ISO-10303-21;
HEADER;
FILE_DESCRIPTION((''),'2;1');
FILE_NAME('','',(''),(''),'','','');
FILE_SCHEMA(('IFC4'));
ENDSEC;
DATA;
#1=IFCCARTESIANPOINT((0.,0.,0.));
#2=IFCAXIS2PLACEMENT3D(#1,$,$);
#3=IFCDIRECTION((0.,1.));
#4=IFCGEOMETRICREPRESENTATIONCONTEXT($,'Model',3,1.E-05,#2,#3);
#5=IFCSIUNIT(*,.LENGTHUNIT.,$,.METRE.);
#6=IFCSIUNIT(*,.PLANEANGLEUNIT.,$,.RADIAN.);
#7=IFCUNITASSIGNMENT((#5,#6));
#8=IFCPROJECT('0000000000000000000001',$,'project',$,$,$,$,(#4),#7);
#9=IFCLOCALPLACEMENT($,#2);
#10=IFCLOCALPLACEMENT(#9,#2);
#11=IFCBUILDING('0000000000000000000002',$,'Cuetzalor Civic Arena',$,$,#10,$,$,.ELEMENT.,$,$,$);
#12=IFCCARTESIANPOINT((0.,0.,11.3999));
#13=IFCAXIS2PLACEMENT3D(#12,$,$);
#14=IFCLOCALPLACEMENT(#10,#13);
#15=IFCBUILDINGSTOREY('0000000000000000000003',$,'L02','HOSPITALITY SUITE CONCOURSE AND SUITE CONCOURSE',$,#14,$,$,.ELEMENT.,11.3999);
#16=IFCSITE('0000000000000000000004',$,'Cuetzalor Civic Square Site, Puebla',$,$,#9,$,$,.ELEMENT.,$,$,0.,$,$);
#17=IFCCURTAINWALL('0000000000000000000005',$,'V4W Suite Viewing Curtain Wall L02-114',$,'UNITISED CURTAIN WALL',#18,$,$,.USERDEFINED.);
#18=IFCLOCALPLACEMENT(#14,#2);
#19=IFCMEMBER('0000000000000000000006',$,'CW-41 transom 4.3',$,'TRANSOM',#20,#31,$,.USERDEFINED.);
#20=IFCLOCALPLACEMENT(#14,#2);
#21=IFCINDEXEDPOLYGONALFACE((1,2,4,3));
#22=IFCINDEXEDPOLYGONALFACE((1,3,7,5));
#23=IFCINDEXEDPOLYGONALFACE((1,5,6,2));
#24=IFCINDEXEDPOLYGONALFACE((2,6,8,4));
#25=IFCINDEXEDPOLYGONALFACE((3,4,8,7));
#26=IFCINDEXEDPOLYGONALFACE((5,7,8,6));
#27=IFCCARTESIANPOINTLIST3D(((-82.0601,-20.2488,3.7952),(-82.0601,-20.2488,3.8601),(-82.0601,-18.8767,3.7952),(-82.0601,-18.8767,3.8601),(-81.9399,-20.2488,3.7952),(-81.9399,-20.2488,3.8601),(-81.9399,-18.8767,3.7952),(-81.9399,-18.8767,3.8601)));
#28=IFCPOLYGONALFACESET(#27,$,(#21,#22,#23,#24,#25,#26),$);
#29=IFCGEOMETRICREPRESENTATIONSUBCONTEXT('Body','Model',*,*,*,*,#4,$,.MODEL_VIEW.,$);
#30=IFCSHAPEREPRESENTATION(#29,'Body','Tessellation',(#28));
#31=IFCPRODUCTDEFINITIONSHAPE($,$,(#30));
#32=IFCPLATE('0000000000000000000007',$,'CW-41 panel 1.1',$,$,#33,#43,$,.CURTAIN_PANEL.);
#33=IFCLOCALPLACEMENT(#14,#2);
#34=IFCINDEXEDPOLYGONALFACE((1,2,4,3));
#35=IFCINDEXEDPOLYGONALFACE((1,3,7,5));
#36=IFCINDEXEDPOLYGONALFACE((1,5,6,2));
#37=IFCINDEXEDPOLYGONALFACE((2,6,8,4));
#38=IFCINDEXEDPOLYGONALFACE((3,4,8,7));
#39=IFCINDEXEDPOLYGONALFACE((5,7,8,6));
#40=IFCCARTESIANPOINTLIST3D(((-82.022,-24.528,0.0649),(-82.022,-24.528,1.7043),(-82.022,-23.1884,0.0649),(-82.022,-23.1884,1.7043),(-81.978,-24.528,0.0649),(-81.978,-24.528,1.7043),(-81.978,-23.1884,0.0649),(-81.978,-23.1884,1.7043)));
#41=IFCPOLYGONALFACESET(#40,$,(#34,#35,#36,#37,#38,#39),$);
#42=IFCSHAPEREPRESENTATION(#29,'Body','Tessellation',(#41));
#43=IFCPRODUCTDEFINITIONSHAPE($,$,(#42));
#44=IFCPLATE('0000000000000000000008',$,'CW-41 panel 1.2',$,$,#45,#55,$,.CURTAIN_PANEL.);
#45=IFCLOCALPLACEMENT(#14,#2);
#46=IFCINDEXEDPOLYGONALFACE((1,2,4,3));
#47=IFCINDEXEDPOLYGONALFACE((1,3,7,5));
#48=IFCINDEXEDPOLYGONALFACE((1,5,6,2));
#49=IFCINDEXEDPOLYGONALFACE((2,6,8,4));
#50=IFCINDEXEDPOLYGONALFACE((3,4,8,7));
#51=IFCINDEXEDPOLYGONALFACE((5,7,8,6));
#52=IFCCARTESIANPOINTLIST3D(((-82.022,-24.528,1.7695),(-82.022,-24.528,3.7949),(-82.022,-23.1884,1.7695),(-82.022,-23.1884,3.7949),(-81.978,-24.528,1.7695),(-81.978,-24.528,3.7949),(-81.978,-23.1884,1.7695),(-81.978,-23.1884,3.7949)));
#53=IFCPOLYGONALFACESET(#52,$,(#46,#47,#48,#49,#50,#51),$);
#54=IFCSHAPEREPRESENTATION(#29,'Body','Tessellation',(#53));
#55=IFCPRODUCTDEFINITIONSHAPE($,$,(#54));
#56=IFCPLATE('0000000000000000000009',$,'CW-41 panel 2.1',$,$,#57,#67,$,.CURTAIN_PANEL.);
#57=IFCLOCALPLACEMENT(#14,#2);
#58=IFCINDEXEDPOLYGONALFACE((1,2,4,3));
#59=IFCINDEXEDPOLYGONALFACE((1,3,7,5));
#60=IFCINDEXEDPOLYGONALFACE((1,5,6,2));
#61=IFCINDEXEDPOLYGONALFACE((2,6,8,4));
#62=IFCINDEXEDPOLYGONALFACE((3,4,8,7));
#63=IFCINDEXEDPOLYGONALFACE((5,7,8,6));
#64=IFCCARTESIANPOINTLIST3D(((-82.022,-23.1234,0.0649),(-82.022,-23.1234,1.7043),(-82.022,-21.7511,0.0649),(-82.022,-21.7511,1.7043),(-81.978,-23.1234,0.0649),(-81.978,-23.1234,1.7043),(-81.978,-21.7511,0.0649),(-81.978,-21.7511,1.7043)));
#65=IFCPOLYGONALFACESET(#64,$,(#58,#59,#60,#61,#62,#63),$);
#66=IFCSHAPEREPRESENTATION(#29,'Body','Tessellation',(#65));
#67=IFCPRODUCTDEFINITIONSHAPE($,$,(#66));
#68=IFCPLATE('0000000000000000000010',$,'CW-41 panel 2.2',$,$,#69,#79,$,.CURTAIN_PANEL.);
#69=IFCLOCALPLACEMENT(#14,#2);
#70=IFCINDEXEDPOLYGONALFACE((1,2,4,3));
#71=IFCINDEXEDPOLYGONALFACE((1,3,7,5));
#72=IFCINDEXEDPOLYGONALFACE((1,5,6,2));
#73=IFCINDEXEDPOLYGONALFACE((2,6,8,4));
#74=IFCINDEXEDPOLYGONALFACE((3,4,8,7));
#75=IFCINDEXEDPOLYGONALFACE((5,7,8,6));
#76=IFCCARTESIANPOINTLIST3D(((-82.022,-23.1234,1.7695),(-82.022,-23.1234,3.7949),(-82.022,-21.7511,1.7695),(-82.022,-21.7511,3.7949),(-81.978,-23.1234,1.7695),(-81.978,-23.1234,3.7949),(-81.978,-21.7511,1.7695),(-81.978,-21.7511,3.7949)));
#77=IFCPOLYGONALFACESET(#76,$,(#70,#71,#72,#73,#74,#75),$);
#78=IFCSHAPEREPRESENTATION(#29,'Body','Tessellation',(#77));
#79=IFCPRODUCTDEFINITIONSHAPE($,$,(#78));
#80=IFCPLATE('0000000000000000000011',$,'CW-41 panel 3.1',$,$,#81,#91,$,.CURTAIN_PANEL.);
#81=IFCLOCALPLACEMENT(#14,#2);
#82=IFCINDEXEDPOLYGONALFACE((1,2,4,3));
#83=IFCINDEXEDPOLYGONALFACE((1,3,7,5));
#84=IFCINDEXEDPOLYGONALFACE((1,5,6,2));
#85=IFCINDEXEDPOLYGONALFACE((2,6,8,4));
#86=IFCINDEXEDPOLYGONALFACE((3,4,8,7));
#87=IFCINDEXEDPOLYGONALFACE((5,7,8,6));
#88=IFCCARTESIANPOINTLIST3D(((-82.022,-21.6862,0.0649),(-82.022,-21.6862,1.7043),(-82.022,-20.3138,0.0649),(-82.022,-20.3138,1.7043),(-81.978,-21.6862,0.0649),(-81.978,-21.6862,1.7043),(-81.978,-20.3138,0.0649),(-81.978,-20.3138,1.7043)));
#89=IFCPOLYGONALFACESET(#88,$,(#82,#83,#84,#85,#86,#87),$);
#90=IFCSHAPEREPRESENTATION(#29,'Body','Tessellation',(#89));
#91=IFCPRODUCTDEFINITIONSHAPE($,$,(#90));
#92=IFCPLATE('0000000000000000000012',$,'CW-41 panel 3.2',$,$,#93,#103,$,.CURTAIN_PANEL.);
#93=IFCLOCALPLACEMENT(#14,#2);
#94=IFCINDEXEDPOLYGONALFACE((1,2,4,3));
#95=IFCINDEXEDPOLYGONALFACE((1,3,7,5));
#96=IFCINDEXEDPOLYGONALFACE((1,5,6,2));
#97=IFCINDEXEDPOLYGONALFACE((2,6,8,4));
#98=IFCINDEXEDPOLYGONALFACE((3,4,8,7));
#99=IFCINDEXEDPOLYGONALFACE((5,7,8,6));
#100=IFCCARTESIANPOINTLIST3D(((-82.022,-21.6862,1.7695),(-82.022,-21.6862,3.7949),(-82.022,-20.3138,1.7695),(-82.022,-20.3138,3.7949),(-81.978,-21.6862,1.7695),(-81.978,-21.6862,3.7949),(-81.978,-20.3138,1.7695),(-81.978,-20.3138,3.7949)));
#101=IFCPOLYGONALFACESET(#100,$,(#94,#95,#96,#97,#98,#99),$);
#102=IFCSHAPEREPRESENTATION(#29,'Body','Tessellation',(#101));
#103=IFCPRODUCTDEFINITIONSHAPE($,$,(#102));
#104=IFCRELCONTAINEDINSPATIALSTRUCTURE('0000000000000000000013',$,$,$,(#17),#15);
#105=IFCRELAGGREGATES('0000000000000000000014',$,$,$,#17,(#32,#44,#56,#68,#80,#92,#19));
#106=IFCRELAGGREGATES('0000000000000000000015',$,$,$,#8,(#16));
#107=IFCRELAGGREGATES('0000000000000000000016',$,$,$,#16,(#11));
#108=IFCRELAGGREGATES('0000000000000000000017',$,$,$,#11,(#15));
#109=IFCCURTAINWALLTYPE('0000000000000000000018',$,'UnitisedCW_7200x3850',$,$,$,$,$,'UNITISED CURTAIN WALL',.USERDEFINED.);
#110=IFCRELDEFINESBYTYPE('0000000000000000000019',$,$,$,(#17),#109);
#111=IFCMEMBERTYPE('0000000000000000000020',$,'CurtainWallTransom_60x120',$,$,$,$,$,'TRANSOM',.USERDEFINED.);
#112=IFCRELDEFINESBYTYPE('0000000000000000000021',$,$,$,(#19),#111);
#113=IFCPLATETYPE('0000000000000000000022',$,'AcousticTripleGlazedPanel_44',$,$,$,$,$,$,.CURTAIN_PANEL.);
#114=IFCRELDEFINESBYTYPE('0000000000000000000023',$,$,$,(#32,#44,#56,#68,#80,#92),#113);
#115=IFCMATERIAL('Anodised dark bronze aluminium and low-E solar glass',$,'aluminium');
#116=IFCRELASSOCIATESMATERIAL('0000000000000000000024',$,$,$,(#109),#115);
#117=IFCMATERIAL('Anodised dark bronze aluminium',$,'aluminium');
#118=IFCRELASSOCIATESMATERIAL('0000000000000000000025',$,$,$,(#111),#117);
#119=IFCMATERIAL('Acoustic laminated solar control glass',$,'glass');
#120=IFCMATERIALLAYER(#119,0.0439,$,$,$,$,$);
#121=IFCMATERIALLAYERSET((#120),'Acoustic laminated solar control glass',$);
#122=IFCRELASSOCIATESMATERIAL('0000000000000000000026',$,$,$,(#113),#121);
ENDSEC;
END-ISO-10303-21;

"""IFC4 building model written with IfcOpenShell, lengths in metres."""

from ifc_helpers import new_model, si_unit, direction, frame, origin, origin_2d, place, context, subcontext, project, spatial, rectangle, extrude, material, layer, layer_set, material_profile, profile_set, type_object, element, aggregate, save


model = new_model("IFC4")

# Units and contexts
model_context = context("Model", 3, precision=1e-05, world=origin(), true_north=direction((0.0, 1.0)))
body_context = subcontext(model_context, "Body", "Model", "MODEL_VIEW")
ifc_project = project(units=[si_unit("LENGTHUNIT", "METRE"), si_unit("PLANEANGLEUNIT", "RADIAN")], contexts=[model_context])

# Site, building, storey
site_placement = place(None, origin())
site = spatial("IfcSite", under=ifc_project, at=site_placement, Name="Cuetzalor Civic Square Site, Puebla", CompositionType="ELEMENT", RefElevation=0.0)
building_placement = place(site_placement, origin())
building = spatial("IfcBuilding", under=site, at=building_placement, Name="Cuetzalor Civic Arena", CompositionType="ELEMENT")
storey_placement = place(building_placement, frame((0.0, 0.0, 11.3999)))
storey = spatial("IfcBuildingStorey", under=building, at=storey_placement, Name="L02", Description="HOSPITALITY SUITE CONCOURSE AND SUITE CONCOURSE", CompositionType="ELEMENT", Elevation=11.3999)

# Curtain wall, member, plates
ifc_material_1 = material(Name="Anodised dark bronze aluminium and low-E solar glass", Category="aluminium")
curtain_wall_type = type_object("IfcCurtainWallType", Name="UnitisedCW_7200x3850", ElementType="UNITISED CURTAIN WALL", PredefinedType="USERDEFINED", material=ifc_material_1)
curtain_wall_placement = place(storey_placement, origin())
curtain_wall = element("IfcCurtainWall", 1, at=curtain_wall_placement, inside=storey, type_object=curtain_wall_type, Name="V4W Suite Viewing Curtain Wall L02-114", ObjectType="UNITISED CURTAIN WALL", PredefinedType="USERDEFINED")
ifc_material_2 = material(Name="Anodised dark bronze aluminium", Category="aluminium")
ifc_material_profile_1 = material_profile(ifc_material_2, rectangle(XDim=0.1201, YDim=0.0649, at=origin_2d()), Name="ALU TRANSOM 65x120")
ifc_profile_set_1 = profile_set([ifc_material_profile_1], Name="Anodised dark bronze aluminium")
member_type_1 = type_object("IfcMemberType", Name="CurtainWallTransom_60x120", ElementType="TRANSOM", PredefinedType="USERDEFINED", material=ifc_profile_set_1)
member_1_placement = place(storey_placement, frame((-82.0, -20.2488, 3.8276), z_axis=(0.0, 1.0, 0.0), x_axis=(-1.0, 0.0, 0.0)))
member_1 = element("IfcMember", 2, at=member_1_placement, type_object=member_type_1, Name="CW-41 transom 4.3", ObjectType="TRANSOM", PredefinedType="USERDEFINED", context=body_context, shape_type="SweptSolid", body=[
    extrude(rectangle(XDim=0.1201, YDim=0.0649, at=origin_2d()), origin(), (0.0, 0.0, 1.0), 1.3721),
])
ifc_material_3 = material(Name="Acoustic laminated solar control glass", Category="glass")
ifc_layer = layer(ifc_material_3, 0.0439)
ifc_layer_set = layer_set([ifc_layer], Name="Acoustic laminated solar control glass")
plate_type = type_object("IfcPlateType", Name="AcousticTripleGlazedPanel_44", PredefinedType="CURTAIN_PANEL", material=ifc_layer_set)
plate_1_placement = place(storey_placement, frame((-82.0, -23.8582, 0.0649), z_axis=(0.0, 0.0, 1.0), x_axis=(0.0, 1.0, 0.0)))
plate_1 = element("IfcPlate", 3, at=plate_1_placement, type_object=plate_type, Name="CW-41 panel 1.1", PredefinedType="CURTAIN_PANEL", context=body_context, shape_type="SweptSolid", body=[
    extrude(rectangle(XDim=1.3396, YDim=0.0439, at=origin_2d()), origin(), (0.0, 0.0, 1.0), 1.6394),
])
plate_2_placement = place(storey_placement, frame((-82.0, -23.8582, 1.7695), z_axis=(0.0, 0.0, 1.0), x_axis=(0.0, 1.0, 0.0)))
plate_2 = element("IfcPlate", 4, at=plate_2_placement, type_object=plate_type, Name="CW-41 panel 1.2", PredefinedType="CURTAIN_PANEL", context=body_context, shape_type="SweptSolid", body=[
    extrude(rectangle(XDim=1.3396, YDim=0.0439, at=origin_2d()), origin(), (0.0, 0.0, 1.0), 2.0254),
])
plate_3_placement = place(storey_placement, frame((-82.0, -22.4373, 0.0649), z_axis=(0.0, 0.0, 1.0), x_axis=(0.0, 1.0, 0.0)))
plate_3 = element("IfcPlate", 5, at=plate_3_placement, type_object=plate_type, Name="CW-41 panel 2.1", PredefinedType="CURTAIN_PANEL", context=body_context, shape_type="SweptSolid", body=[
    extrude(rectangle(XDim=1.3723, YDim=0.0439, at=origin_2d()), origin(), (0.0, 0.0, 1.0), 1.6394),
])
plate_4_placement = place(storey_placement, frame((-82.0, -22.4373, 1.7695), z_axis=(0.0, 0.0, 1.0), x_axis=(0.0, 1.0, 0.0)))
plate_4 = element("IfcPlate", 6, at=plate_4_placement, type_object=plate_type, Name="CW-41 panel 2.2", PredefinedType="CURTAIN_PANEL", context=body_context, shape_type="SweptSolid", body=[
    extrude(rectangle(XDim=1.3723, YDim=0.0439, at=origin_2d()), origin(), (0.0, 0.0, 1.0), 2.0254),
])
plate_5_placement = place(storey_placement, frame((-82.0, -21.0, 0.0649), z_axis=(0.0, 0.0, 1.0), x_axis=(0.0, 1.0, 0.0)))
plate_5 = element("IfcPlate", 7, at=plate_5_placement, type_object=plate_type, Name="CW-41 panel 3.1", PredefinedType="CURTAIN_PANEL", context=body_context, shape_type="SweptSolid", body=[
    extrude(rectangle(XDim=1.3723, YDim=0.0439, at=origin_2d()), origin(), (0.0, 0.0, 1.0), 1.6394),
])
plate_6_placement = place(storey_placement, frame((-82.0, -21.0, 1.7695), z_axis=(0.0, 0.0, 1.0), x_axis=(0.0, 1.0, 0.0)))
plate_6 = element("IfcPlate", 8, at=plate_6_placement, type_object=plate_type, Name="CW-41 panel 3.2", PredefinedType="CURTAIN_PANEL", context=body_context, shape_type="SweptSolid", body=[
    extrude(rectangle(XDim=1.3723, YDim=0.0439, at=origin_2d()), origin(), (0.0, 0.0, 1.0), 2.0254),
])
aggregate(curtain_wall, [plate_1, plate_2, plate_3, plate_4, plate_5, plate_6, member_1])

save(model, "model.ifc")
